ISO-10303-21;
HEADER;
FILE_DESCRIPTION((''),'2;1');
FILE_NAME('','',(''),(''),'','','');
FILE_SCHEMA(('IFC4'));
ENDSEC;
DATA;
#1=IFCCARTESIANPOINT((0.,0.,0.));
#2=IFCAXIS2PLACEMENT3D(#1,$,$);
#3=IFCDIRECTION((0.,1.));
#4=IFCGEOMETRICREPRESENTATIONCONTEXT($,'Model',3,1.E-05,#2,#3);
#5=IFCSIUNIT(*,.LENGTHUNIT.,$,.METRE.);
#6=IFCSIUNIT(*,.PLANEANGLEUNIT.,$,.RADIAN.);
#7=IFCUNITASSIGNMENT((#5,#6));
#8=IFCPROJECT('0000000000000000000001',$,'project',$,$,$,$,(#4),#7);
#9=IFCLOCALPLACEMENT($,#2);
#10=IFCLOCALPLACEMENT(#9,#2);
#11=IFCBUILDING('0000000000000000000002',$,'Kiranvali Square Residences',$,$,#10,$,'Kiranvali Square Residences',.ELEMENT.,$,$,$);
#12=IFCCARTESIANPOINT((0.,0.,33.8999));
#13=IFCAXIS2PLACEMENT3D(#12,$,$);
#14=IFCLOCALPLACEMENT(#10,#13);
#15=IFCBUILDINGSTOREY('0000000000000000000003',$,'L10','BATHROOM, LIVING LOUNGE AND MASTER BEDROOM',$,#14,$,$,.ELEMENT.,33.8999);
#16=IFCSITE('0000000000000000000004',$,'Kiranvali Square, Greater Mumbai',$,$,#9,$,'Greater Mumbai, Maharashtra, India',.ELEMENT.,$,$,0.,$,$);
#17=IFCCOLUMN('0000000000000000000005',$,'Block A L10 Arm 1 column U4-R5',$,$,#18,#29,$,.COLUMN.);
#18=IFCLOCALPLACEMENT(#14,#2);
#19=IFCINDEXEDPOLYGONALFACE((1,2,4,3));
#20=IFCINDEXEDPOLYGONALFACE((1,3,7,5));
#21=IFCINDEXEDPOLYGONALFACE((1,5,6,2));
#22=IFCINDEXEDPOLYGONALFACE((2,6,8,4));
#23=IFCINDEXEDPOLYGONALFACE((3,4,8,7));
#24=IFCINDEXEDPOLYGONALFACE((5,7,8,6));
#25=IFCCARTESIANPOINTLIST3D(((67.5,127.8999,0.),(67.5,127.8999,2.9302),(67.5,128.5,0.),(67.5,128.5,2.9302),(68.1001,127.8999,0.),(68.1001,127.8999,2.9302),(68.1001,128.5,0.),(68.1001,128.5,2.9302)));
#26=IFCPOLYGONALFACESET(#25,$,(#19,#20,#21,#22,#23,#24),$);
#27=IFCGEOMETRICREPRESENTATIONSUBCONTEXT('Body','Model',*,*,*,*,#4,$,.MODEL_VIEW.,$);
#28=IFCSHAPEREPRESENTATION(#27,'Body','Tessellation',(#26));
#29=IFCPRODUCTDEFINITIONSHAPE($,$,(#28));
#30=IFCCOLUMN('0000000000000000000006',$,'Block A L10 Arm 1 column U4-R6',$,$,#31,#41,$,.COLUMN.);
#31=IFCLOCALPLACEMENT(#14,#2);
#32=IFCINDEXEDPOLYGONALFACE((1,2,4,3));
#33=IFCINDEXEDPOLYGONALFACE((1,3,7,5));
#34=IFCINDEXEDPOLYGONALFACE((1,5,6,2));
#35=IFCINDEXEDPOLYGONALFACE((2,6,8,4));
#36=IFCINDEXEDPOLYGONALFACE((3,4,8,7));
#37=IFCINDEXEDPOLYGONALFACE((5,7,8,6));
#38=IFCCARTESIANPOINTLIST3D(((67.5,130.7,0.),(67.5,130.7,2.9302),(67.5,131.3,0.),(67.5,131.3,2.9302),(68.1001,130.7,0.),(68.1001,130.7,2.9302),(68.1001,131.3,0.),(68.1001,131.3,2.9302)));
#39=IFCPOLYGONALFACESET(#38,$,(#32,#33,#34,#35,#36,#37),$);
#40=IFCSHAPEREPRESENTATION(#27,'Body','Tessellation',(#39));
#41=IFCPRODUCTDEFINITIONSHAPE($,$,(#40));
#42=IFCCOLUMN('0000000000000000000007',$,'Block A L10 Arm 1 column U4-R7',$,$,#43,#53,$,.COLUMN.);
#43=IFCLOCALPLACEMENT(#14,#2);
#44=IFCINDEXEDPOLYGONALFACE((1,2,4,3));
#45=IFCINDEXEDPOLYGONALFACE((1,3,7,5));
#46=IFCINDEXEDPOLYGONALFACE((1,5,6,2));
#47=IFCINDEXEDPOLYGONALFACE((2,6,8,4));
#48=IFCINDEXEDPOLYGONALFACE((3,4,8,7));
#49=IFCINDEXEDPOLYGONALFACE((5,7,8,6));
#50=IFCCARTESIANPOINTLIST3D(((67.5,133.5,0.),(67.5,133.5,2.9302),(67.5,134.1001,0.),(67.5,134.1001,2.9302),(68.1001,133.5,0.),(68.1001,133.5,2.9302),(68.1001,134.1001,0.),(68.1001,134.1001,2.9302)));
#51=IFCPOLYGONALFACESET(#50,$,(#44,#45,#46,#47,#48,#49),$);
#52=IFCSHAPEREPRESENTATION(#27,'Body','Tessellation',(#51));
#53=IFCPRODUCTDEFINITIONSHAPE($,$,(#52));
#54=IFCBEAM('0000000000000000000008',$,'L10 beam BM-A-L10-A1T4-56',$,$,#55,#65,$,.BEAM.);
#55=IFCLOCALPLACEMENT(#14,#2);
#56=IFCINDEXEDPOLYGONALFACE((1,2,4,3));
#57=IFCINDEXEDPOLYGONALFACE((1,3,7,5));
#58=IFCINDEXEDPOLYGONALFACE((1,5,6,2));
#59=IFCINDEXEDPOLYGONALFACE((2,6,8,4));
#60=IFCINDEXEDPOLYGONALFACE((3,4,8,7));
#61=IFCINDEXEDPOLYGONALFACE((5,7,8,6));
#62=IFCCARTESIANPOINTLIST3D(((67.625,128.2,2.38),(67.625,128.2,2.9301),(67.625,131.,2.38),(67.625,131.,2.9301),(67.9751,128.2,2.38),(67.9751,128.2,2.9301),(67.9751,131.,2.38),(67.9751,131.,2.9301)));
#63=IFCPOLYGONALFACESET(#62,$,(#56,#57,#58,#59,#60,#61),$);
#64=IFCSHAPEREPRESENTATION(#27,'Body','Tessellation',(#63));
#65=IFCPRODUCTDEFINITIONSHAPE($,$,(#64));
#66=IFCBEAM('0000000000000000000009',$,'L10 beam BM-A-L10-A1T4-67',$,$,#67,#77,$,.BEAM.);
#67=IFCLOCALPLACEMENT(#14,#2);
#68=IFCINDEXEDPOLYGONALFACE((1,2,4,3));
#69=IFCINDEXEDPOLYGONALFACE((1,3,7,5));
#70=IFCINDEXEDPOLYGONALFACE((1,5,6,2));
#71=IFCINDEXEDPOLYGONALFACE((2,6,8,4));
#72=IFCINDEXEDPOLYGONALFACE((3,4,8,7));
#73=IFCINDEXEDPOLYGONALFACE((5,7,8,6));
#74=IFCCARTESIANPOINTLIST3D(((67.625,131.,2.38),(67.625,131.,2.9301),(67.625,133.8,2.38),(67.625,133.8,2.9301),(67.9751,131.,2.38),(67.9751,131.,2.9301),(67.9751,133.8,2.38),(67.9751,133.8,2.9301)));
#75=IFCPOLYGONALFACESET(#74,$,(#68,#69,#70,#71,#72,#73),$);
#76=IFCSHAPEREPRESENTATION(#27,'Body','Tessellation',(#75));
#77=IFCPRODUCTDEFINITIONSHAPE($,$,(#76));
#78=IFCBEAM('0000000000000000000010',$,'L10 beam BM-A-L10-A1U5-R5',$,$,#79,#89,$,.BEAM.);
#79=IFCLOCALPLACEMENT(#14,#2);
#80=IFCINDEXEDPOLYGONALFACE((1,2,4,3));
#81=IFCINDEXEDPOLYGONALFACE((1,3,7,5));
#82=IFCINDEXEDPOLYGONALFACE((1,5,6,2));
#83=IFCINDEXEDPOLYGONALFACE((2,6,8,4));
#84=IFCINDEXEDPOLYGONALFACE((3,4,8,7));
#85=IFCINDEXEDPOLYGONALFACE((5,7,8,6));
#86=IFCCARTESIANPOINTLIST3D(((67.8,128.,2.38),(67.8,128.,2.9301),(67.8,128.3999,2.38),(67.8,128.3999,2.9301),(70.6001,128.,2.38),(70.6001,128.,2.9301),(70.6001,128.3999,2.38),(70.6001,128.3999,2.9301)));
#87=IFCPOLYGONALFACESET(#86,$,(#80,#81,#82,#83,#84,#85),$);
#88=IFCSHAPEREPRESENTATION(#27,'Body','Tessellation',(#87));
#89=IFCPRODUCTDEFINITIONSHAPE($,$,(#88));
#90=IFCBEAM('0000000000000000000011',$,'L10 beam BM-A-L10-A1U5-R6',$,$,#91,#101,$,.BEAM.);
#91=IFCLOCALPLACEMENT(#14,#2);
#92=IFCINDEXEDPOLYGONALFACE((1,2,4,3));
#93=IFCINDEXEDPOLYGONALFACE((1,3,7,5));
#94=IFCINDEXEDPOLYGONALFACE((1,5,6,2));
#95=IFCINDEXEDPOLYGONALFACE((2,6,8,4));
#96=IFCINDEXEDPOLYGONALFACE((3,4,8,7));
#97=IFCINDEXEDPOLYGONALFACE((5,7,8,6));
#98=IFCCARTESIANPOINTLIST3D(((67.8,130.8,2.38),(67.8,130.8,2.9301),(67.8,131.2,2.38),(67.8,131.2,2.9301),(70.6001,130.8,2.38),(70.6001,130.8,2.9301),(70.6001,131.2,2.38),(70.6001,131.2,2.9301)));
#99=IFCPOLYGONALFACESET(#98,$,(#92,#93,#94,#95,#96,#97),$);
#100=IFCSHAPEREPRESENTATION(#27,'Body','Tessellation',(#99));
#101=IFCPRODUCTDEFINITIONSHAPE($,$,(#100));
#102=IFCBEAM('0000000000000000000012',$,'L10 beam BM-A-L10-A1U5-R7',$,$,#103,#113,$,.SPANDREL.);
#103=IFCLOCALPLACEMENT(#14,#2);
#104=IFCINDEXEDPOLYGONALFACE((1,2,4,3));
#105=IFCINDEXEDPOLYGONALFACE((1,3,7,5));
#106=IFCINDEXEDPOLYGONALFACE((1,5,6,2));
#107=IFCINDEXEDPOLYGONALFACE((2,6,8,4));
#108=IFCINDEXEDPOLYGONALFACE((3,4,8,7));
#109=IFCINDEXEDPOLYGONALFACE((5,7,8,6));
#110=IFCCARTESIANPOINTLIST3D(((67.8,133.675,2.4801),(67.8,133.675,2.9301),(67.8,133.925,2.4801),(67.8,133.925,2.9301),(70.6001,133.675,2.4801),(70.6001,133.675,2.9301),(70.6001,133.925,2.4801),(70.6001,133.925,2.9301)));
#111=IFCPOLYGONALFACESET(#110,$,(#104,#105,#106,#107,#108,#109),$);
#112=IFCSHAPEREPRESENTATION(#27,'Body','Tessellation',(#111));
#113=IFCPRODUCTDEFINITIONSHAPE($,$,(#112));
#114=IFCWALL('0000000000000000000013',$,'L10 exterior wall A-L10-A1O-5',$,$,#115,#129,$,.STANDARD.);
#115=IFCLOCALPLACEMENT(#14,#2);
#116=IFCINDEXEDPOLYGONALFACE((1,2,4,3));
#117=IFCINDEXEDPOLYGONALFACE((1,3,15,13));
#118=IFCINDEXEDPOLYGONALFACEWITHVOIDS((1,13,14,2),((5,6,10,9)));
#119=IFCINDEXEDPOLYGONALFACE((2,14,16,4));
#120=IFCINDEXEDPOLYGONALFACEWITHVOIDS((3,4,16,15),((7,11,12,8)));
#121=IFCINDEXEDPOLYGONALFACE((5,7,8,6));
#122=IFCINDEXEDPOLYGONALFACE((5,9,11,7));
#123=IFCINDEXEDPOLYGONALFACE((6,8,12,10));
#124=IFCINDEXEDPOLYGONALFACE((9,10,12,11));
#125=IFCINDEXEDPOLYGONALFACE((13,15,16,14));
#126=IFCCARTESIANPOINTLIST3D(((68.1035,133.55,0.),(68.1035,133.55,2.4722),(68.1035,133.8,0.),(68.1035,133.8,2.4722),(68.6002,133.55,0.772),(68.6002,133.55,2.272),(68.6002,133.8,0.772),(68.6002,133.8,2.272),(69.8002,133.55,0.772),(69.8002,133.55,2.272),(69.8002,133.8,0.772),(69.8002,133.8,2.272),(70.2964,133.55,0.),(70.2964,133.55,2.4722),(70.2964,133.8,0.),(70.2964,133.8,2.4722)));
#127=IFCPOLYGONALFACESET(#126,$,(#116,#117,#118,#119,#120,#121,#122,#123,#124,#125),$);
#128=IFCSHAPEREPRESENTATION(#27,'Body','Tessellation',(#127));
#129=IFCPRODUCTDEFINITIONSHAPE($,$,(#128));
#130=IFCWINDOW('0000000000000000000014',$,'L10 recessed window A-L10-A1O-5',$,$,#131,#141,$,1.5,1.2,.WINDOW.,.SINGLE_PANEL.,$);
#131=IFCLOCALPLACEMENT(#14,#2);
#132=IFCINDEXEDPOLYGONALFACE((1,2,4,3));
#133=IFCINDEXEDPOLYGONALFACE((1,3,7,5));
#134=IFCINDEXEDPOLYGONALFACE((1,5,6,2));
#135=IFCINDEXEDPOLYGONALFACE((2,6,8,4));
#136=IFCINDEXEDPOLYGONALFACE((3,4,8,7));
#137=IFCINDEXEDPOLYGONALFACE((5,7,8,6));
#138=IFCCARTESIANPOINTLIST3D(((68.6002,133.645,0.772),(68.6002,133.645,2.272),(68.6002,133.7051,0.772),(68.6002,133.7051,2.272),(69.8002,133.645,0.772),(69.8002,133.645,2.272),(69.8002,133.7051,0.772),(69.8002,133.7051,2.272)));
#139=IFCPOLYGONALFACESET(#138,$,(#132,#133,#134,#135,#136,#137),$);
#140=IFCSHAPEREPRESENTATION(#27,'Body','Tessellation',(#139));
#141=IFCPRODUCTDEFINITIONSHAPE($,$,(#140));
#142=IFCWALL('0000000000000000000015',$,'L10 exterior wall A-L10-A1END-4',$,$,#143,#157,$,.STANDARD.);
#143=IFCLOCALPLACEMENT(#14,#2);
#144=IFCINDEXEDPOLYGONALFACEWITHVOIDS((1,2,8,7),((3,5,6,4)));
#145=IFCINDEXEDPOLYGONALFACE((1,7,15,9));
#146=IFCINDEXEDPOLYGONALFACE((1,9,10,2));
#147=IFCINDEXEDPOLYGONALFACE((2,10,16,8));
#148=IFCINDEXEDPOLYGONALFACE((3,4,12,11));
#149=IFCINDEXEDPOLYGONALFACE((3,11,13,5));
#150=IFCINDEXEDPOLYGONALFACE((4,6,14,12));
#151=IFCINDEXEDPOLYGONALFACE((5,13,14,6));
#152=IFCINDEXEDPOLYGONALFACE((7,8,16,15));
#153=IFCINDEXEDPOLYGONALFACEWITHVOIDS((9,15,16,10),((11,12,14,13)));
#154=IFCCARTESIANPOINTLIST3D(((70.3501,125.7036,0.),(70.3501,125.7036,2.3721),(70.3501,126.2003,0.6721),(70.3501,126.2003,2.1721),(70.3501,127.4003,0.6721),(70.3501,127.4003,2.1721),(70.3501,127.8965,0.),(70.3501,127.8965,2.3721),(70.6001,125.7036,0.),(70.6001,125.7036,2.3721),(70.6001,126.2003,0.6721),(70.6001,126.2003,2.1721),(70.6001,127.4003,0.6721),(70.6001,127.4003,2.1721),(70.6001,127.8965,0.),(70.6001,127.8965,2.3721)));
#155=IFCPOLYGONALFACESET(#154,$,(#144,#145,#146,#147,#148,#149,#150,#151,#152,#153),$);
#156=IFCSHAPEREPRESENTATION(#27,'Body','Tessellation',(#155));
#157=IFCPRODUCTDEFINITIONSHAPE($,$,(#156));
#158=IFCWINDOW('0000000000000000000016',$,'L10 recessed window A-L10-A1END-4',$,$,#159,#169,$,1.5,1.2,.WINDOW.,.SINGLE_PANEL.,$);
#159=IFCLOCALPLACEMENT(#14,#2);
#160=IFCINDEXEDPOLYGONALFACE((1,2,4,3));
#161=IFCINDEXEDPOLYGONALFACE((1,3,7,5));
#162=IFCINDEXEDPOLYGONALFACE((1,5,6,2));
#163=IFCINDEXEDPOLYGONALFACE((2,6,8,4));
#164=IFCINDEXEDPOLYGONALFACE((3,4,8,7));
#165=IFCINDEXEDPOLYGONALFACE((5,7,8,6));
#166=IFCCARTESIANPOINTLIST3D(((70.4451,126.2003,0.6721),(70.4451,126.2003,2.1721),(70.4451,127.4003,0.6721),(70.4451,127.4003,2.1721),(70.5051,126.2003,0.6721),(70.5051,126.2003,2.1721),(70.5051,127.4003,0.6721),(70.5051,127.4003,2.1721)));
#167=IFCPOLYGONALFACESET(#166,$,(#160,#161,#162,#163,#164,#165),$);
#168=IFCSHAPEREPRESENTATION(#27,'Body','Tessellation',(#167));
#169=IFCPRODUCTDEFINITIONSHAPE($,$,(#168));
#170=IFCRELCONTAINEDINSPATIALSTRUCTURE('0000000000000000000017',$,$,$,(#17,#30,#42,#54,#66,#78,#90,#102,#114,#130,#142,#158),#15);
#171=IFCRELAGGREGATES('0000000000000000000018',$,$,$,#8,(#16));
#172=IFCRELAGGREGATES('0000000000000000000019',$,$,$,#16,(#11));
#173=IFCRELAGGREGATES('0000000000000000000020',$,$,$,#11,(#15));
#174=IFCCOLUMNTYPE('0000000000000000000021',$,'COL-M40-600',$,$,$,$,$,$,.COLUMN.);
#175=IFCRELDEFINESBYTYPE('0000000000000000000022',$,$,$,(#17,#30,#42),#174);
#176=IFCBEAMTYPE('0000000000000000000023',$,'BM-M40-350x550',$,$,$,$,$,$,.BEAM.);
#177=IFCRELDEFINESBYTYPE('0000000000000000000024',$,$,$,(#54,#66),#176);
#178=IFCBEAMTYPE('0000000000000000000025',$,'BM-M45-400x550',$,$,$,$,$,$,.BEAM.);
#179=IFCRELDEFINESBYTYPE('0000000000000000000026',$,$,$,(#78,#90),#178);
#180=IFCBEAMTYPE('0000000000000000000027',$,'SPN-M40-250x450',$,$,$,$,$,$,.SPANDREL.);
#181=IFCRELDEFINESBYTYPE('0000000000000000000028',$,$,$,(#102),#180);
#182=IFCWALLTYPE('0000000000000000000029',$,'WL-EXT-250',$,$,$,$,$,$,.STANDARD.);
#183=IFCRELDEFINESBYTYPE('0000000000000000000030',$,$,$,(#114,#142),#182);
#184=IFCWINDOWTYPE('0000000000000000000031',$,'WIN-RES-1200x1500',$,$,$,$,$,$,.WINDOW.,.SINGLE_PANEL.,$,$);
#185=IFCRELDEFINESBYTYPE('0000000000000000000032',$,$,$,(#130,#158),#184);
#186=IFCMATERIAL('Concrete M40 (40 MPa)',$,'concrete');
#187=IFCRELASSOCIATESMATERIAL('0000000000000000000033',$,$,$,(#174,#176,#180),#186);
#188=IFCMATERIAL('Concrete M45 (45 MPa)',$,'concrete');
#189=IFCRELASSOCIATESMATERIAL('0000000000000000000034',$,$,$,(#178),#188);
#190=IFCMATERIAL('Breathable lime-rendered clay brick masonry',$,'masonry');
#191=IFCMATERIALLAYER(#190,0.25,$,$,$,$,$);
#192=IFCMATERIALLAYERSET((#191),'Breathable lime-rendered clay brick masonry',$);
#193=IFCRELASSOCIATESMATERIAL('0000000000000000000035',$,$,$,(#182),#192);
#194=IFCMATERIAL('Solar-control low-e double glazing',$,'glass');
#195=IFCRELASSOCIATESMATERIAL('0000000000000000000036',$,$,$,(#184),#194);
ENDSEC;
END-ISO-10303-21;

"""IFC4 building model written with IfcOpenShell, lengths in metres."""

from ifc_helpers import new_model, si_unit, direction, frame, frame_2d, origin, origin_2d, place, context, subcontext, project, spatial, rectangle, extrude, material, layer, layer_set, material_profile, profile_set, type_object, element, fill, save


model = new_model("IFC4")

# Units and contexts
model_context = context("Model", 3, precision=1e-05, world=origin(), true_north=direction((0.0, 1.0)))
body_context = subcontext(model_context, "Body", "Model", "MODEL_VIEW")
ifc_project = project(units=[si_unit("LENGTHUNIT", "METRE"), si_unit("PLANEANGLEUNIT", "RADIAN")], contexts=[model_context])

# Site, building, storey
site_placement = place(None, origin())
site = spatial("IfcSite", under=ifc_project, at=site_placement, Name="Kiranvali Square, Greater Mumbai", LongName="Greater Mumbai, Maharashtra, India", CompositionType="ELEMENT", RefElevation=0.0)
building_placement = place(site_placement, origin())
building = spatial("IfcBuilding", under=site, at=building_placement, Name="Kiranvali Square Residences", LongName="Kiranvali Square Residences", CompositionType="ELEMENT")
storey_placement = place(building_placement, frame((0.0, 0.0, 33.8999)))
storey = spatial("IfcBuildingStorey", under=building, at=storey_placement, Name="L10", Description="BATHROOM, LIVING LOUNGE AND MASTER BEDROOM", CompositionType="ELEMENT", Elevation=33.8999)

# Columns
ifc_material_1 = material(Name="Concrete M40 (40 MPa)", Category="concrete")
ifc_material_profile_1 = material_profile(ifc_material_1, rectangle(XDim=0.6001, YDim=0.6001, at=origin_2d()), Name="RC 600x600")
ifc_profile_set_1 = profile_set([ifc_material_profile_1], Name="Concrete M40 (40 MPa)")
column_type = type_object("IfcColumnType", Name="COL-M40-600", PredefinedType="COLUMN", material=ifc_profile_set_1)
for number, where, z_axis, x_axis, name in (
    (1, (67.8, 128.2, 0.0), (0.0, 0.0, 1.0), (1.0, 0.0, 0.0), "Block A L10 Arm 1 column U4-R5"),
    (2, (67.8, 131.0, 0.0), (0.0, 0.0, 1.0), (1.0, 0.0, 0.0), "Block A L10 Arm 1 column U4-R6"),
    (3, (67.8, 133.8, 0.0), (0.0, 0.0, 1.0), (1.0, 0.0, 0.0), "Block A L10 Arm 1 column U4-R7"),
):
    element("IfcColumn", number, at=place(storey_placement, frame(where, z_axis=z_axis, x_axis=x_axis)), inside=storey, type_object=column_type, Name=name, PredefinedType="COLUMN", context=body_context, shape_type="SweptSolid", body=[
        extrude(rectangle(XDim=0.6001, YDim=0.6001, at=origin_2d()), origin(), (0.0, 0.0, 1.0), 2.9302),
    ])

# Beams
ifc_material_profile_2 = material_profile(ifc_material_1, rectangle(XDim=0.3501, YDim=0.55, at=origin_2d()), Name="RC 350x550")
ifc_profile_set_2 = profile_set([ifc_material_profile_2], Name="Concrete M40 (40 MPa)")
beam_type_1 = type_object("IfcBeamType", Name="BM-M40-350x550", PredefinedType="BEAM", material=ifc_profile_set_2)
for number, where, z_axis, x_axis, name in (
    (4, (67.8, 128.2, 2.655), (0.0, 1.0, 0.0), (-1.0, 0.0, 0.0), "L10 beam BM-A-L10-A1T4-56"),
    (5, (67.8, 131.0, 2.655), (0.0, 1.0, 0.0), (-1.0, 0.0, 0.0), "L10 beam BM-A-L10-A1T4-67"),
):
    element("IfcBeam", number, at=place(storey_placement, frame(where, z_axis=z_axis, x_axis=x_axis)), inside=storey, type_object=beam_type_1, Name=name, PredefinedType="BEAM", context=body_context, shape_type="SweptSolid", body=[
        extrude(rectangle(XDim=0.3501, YDim=0.55, at=origin_2d()), origin(), (0.0, 0.0, 1.0), 2.8),
    ])
ifc_material_2 = material(Name="Concrete M45 (45 MPa)", Category="concrete")
ifc_material_profile_3 = material_profile(ifc_material_2, rectangle(XDim=0.3999, YDim=0.55, at=origin_2d()), Name="RC 400x550")
ifc_profile_set_3 = profile_set([ifc_material_profile_3], Name="Concrete M45 (45 MPa)")
beam_type_2 = type_object("IfcBeamType", Name="BM-M45-400x550", PredefinedType="BEAM", material=ifc_profile_set_3)
for number, where, z_axis, x_axis, name in (
    (6, (67.8, 128.2, 2.655), (1.0, 0.0, 0.0), (0.0, 1.0, 0.0), "L10 beam BM-A-L10-A1U5-R5"),
    (7, (67.8, 131.0, 2.655), (1.0, 0.0, 0.0), (0.0, 1.0, 0.0), "L10 beam BM-A-L10-A1U5-R6"),
):
    element("IfcBeam", number, at=place(storey_placement, frame(where, z_axis=z_axis, x_axis=x_axis)), inside=storey, type_object=beam_type_2, Name=name, PredefinedType="BEAM", context=body_context, shape_type="SweptSolid", body=[
        extrude(rectangle(XDim=0.3999, YDim=0.55, at=origin_2d()), origin(), (0.0, 0.0, 1.0), 2.8),
    ])
ifc_material_profile_4 = material_profile(ifc_material_1, rectangle(XDim=0.25, YDim=0.45, at=origin_2d()), Name="RC 250x450")
ifc_profile_set_4 = profile_set([ifc_material_profile_4], Name="Concrete M40 (40 MPa)")
beam_type_3 = type_object("IfcBeamType", Name="SPN-M40-250x450", PredefinedType="SPANDREL", material=ifc_profile_set_4)
beam_placement = place(storey_placement, frame((67.8, 133.8, 2.7051), z_axis=(1.0, 0.0, 0.0), x_axis=(0.0, 1.0, 0.0)))
element("IfcBeam", 8, at=beam_placement, inside=storey, type_object=beam_type_3, Name="L10 beam BM-A-L10-A1U5-R7", PredefinedType="SPANDREL", context=body_context, shape_type="SweptSolid", body=[
    extrude(rectangle(XDim=0.25, YDim=0.45, at=origin_2d()), origin(), (0.0, 0.0, 1.0), 2.8),
])

# Walls, openings, windows
ifc_material_3 = material(Name="Breathable lime-rendered clay brick masonry", Category="masonry")
ifc_layer = layer(ifc_material_3, 0.25)
ifc_layer_set = layer_set([ifc_layer], Name="Breathable lime-rendered clay brick masonry")
wall_type = type_object("IfcWallType", Name="WL-EXT-250", PredefinedType="STANDARD", material=ifc_layer_set)
wall_1_placement = place(storey_placement, frame((68.1035, 133.675, 0.0), z_axis=(0.0, 0.0, 1.0), x_axis=(1.0, 0.0, 0.0)))
wall_1 = element("IfcWall", 9, at=wall_1_placement, inside=storey, type_object=wall_type, Name="L10 exterior wall A-L10-A1O-5", PredefinedType="STANDARD", context=body_context, shape_type="SweptSolid", body=[
    extrude(rectangle(XDim=2.1929, YDim=0.25, at=frame_2d((1.0964, 0.0))), origin(), (0.0, 0.0, 1.0), 2.4722),
])
opening_1_placement = place(wall_1_placement, frame((0.4966, 0.0, 0.772)))
opening_1 = element("IfcOpeningElement", 10, at=opening_1_placement, cuts=wall_1, PredefinedType="OPENING", context=body_context, shape_type="SweptSolid", body=[
    extrude(rectangle(XDim=1.2, YDim=1.5, at=frame_2d((0.6001, 0.75))), frame((0.0, 0.135, 0.0), z_axis=(0.0, -1.0, 0.0), x_axis=(1.0, 0.0, 0.0)), (0.0, 0.0, 1.0), 0.27),
])
ifc_material_4 = material(Name="Solar-control low-e double glazing", Category="glass")
window_type = type_object("IfcWindowType", Name="WIN-RES-1200x1500", PartitioningType="SINGLE_PANEL", PredefinedType="WINDOW", material=ifc_material_4)
window_1_placement = place(opening_1_placement, origin())
window_1 = element("IfcWindow", 11, at=window_1_placement, inside=storey, type_object=window_type, Name="L10 recessed window A-L10-A1O-5", OverallHeight=1.5, OverallWidth=1.2, PartitioningType="SINGLE_PANEL", PredefinedType="WINDOW", context=body_context, shape_type="SweptSolid", body=[
    extrude(rectangle(XDim=1.2, YDim=1.5, at=frame_2d((0.6001, 0.75))), frame((0.0, 0.03, 0.0), z_axis=(0.0, -1.0, 0.0), x_axis=(1.0, 0.0, 0.0)), (0.0, 0.0, 1.0), 0.0601),
])
fill(opening_1, window_1)
wall_2_placement = place(storey_placement, frame((70.4751, 125.7036, 0.0), z_axis=(0.0, 0.0, 1.0), x_axis=(0.0, 1.0, 0.0)))
wall_2 = element("IfcWall", 12, at=wall_2_placement, inside=storey, type_object=wall_type, Name="L10 exterior wall A-L10-A1END-4", PredefinedType="STANDARD", context=body_context, shape_type="SweptSolid", body=[
    extrude(rectangle(XDim=2.1929, YDim=0.25, at=frame_2d((1.0964, 0.0))), origin(), (0.0, 0.0, 1.0), 2.3721),
])
opening_2_placement = place(wall_2_placement, frame((0.4966, 0.0, 0.6721)))
opening_2 = element("IfcOpeningElement", 13, at=opening_2_placement, cuts=wall_2, PredefinedType="OPENING", context=body_context, shape_type="SweptSolid", body=[
    extrude(rectangle(XDim=1.2, YDim=1.5, at=frame_2d((0.6001, 0.75))), frame((0.0, 0.135, 0.0), z_axis=(0.0, -1.0, 0.0), x_axis=(1.0, 0.0, 0.0)), (0.0, 0.0, 1.0), 0.27),
])
window_2_placement = place(opening_2_placement, origin())
window_2 = element("IfcWindow", 14, at=window_2_placement, inside=storey, type_object=window_type, Name="L10 recessed window A-L10-A1END-4", OverallHeight=1.5, OverallWidth=1.2, PartitioningType="SINGLE_PANEL", PredefinedType="WINDOW", context=body_context, shape_type="SweptSolid", body=[
    extrude(rectangle(XDim=1.2, YDim=1.5, at=frame_2d((0.6001, 0.75))), frame((0.0, 0.03, 0.0), z_axis=(0.0, -1.0, 0.0), x_axis=(1.0, 0.0, 0.0)), (0.0, 0.0, 1.0), 0.0601),
])
fill(opening_2, window_2)

save(model, "model.ifc")
